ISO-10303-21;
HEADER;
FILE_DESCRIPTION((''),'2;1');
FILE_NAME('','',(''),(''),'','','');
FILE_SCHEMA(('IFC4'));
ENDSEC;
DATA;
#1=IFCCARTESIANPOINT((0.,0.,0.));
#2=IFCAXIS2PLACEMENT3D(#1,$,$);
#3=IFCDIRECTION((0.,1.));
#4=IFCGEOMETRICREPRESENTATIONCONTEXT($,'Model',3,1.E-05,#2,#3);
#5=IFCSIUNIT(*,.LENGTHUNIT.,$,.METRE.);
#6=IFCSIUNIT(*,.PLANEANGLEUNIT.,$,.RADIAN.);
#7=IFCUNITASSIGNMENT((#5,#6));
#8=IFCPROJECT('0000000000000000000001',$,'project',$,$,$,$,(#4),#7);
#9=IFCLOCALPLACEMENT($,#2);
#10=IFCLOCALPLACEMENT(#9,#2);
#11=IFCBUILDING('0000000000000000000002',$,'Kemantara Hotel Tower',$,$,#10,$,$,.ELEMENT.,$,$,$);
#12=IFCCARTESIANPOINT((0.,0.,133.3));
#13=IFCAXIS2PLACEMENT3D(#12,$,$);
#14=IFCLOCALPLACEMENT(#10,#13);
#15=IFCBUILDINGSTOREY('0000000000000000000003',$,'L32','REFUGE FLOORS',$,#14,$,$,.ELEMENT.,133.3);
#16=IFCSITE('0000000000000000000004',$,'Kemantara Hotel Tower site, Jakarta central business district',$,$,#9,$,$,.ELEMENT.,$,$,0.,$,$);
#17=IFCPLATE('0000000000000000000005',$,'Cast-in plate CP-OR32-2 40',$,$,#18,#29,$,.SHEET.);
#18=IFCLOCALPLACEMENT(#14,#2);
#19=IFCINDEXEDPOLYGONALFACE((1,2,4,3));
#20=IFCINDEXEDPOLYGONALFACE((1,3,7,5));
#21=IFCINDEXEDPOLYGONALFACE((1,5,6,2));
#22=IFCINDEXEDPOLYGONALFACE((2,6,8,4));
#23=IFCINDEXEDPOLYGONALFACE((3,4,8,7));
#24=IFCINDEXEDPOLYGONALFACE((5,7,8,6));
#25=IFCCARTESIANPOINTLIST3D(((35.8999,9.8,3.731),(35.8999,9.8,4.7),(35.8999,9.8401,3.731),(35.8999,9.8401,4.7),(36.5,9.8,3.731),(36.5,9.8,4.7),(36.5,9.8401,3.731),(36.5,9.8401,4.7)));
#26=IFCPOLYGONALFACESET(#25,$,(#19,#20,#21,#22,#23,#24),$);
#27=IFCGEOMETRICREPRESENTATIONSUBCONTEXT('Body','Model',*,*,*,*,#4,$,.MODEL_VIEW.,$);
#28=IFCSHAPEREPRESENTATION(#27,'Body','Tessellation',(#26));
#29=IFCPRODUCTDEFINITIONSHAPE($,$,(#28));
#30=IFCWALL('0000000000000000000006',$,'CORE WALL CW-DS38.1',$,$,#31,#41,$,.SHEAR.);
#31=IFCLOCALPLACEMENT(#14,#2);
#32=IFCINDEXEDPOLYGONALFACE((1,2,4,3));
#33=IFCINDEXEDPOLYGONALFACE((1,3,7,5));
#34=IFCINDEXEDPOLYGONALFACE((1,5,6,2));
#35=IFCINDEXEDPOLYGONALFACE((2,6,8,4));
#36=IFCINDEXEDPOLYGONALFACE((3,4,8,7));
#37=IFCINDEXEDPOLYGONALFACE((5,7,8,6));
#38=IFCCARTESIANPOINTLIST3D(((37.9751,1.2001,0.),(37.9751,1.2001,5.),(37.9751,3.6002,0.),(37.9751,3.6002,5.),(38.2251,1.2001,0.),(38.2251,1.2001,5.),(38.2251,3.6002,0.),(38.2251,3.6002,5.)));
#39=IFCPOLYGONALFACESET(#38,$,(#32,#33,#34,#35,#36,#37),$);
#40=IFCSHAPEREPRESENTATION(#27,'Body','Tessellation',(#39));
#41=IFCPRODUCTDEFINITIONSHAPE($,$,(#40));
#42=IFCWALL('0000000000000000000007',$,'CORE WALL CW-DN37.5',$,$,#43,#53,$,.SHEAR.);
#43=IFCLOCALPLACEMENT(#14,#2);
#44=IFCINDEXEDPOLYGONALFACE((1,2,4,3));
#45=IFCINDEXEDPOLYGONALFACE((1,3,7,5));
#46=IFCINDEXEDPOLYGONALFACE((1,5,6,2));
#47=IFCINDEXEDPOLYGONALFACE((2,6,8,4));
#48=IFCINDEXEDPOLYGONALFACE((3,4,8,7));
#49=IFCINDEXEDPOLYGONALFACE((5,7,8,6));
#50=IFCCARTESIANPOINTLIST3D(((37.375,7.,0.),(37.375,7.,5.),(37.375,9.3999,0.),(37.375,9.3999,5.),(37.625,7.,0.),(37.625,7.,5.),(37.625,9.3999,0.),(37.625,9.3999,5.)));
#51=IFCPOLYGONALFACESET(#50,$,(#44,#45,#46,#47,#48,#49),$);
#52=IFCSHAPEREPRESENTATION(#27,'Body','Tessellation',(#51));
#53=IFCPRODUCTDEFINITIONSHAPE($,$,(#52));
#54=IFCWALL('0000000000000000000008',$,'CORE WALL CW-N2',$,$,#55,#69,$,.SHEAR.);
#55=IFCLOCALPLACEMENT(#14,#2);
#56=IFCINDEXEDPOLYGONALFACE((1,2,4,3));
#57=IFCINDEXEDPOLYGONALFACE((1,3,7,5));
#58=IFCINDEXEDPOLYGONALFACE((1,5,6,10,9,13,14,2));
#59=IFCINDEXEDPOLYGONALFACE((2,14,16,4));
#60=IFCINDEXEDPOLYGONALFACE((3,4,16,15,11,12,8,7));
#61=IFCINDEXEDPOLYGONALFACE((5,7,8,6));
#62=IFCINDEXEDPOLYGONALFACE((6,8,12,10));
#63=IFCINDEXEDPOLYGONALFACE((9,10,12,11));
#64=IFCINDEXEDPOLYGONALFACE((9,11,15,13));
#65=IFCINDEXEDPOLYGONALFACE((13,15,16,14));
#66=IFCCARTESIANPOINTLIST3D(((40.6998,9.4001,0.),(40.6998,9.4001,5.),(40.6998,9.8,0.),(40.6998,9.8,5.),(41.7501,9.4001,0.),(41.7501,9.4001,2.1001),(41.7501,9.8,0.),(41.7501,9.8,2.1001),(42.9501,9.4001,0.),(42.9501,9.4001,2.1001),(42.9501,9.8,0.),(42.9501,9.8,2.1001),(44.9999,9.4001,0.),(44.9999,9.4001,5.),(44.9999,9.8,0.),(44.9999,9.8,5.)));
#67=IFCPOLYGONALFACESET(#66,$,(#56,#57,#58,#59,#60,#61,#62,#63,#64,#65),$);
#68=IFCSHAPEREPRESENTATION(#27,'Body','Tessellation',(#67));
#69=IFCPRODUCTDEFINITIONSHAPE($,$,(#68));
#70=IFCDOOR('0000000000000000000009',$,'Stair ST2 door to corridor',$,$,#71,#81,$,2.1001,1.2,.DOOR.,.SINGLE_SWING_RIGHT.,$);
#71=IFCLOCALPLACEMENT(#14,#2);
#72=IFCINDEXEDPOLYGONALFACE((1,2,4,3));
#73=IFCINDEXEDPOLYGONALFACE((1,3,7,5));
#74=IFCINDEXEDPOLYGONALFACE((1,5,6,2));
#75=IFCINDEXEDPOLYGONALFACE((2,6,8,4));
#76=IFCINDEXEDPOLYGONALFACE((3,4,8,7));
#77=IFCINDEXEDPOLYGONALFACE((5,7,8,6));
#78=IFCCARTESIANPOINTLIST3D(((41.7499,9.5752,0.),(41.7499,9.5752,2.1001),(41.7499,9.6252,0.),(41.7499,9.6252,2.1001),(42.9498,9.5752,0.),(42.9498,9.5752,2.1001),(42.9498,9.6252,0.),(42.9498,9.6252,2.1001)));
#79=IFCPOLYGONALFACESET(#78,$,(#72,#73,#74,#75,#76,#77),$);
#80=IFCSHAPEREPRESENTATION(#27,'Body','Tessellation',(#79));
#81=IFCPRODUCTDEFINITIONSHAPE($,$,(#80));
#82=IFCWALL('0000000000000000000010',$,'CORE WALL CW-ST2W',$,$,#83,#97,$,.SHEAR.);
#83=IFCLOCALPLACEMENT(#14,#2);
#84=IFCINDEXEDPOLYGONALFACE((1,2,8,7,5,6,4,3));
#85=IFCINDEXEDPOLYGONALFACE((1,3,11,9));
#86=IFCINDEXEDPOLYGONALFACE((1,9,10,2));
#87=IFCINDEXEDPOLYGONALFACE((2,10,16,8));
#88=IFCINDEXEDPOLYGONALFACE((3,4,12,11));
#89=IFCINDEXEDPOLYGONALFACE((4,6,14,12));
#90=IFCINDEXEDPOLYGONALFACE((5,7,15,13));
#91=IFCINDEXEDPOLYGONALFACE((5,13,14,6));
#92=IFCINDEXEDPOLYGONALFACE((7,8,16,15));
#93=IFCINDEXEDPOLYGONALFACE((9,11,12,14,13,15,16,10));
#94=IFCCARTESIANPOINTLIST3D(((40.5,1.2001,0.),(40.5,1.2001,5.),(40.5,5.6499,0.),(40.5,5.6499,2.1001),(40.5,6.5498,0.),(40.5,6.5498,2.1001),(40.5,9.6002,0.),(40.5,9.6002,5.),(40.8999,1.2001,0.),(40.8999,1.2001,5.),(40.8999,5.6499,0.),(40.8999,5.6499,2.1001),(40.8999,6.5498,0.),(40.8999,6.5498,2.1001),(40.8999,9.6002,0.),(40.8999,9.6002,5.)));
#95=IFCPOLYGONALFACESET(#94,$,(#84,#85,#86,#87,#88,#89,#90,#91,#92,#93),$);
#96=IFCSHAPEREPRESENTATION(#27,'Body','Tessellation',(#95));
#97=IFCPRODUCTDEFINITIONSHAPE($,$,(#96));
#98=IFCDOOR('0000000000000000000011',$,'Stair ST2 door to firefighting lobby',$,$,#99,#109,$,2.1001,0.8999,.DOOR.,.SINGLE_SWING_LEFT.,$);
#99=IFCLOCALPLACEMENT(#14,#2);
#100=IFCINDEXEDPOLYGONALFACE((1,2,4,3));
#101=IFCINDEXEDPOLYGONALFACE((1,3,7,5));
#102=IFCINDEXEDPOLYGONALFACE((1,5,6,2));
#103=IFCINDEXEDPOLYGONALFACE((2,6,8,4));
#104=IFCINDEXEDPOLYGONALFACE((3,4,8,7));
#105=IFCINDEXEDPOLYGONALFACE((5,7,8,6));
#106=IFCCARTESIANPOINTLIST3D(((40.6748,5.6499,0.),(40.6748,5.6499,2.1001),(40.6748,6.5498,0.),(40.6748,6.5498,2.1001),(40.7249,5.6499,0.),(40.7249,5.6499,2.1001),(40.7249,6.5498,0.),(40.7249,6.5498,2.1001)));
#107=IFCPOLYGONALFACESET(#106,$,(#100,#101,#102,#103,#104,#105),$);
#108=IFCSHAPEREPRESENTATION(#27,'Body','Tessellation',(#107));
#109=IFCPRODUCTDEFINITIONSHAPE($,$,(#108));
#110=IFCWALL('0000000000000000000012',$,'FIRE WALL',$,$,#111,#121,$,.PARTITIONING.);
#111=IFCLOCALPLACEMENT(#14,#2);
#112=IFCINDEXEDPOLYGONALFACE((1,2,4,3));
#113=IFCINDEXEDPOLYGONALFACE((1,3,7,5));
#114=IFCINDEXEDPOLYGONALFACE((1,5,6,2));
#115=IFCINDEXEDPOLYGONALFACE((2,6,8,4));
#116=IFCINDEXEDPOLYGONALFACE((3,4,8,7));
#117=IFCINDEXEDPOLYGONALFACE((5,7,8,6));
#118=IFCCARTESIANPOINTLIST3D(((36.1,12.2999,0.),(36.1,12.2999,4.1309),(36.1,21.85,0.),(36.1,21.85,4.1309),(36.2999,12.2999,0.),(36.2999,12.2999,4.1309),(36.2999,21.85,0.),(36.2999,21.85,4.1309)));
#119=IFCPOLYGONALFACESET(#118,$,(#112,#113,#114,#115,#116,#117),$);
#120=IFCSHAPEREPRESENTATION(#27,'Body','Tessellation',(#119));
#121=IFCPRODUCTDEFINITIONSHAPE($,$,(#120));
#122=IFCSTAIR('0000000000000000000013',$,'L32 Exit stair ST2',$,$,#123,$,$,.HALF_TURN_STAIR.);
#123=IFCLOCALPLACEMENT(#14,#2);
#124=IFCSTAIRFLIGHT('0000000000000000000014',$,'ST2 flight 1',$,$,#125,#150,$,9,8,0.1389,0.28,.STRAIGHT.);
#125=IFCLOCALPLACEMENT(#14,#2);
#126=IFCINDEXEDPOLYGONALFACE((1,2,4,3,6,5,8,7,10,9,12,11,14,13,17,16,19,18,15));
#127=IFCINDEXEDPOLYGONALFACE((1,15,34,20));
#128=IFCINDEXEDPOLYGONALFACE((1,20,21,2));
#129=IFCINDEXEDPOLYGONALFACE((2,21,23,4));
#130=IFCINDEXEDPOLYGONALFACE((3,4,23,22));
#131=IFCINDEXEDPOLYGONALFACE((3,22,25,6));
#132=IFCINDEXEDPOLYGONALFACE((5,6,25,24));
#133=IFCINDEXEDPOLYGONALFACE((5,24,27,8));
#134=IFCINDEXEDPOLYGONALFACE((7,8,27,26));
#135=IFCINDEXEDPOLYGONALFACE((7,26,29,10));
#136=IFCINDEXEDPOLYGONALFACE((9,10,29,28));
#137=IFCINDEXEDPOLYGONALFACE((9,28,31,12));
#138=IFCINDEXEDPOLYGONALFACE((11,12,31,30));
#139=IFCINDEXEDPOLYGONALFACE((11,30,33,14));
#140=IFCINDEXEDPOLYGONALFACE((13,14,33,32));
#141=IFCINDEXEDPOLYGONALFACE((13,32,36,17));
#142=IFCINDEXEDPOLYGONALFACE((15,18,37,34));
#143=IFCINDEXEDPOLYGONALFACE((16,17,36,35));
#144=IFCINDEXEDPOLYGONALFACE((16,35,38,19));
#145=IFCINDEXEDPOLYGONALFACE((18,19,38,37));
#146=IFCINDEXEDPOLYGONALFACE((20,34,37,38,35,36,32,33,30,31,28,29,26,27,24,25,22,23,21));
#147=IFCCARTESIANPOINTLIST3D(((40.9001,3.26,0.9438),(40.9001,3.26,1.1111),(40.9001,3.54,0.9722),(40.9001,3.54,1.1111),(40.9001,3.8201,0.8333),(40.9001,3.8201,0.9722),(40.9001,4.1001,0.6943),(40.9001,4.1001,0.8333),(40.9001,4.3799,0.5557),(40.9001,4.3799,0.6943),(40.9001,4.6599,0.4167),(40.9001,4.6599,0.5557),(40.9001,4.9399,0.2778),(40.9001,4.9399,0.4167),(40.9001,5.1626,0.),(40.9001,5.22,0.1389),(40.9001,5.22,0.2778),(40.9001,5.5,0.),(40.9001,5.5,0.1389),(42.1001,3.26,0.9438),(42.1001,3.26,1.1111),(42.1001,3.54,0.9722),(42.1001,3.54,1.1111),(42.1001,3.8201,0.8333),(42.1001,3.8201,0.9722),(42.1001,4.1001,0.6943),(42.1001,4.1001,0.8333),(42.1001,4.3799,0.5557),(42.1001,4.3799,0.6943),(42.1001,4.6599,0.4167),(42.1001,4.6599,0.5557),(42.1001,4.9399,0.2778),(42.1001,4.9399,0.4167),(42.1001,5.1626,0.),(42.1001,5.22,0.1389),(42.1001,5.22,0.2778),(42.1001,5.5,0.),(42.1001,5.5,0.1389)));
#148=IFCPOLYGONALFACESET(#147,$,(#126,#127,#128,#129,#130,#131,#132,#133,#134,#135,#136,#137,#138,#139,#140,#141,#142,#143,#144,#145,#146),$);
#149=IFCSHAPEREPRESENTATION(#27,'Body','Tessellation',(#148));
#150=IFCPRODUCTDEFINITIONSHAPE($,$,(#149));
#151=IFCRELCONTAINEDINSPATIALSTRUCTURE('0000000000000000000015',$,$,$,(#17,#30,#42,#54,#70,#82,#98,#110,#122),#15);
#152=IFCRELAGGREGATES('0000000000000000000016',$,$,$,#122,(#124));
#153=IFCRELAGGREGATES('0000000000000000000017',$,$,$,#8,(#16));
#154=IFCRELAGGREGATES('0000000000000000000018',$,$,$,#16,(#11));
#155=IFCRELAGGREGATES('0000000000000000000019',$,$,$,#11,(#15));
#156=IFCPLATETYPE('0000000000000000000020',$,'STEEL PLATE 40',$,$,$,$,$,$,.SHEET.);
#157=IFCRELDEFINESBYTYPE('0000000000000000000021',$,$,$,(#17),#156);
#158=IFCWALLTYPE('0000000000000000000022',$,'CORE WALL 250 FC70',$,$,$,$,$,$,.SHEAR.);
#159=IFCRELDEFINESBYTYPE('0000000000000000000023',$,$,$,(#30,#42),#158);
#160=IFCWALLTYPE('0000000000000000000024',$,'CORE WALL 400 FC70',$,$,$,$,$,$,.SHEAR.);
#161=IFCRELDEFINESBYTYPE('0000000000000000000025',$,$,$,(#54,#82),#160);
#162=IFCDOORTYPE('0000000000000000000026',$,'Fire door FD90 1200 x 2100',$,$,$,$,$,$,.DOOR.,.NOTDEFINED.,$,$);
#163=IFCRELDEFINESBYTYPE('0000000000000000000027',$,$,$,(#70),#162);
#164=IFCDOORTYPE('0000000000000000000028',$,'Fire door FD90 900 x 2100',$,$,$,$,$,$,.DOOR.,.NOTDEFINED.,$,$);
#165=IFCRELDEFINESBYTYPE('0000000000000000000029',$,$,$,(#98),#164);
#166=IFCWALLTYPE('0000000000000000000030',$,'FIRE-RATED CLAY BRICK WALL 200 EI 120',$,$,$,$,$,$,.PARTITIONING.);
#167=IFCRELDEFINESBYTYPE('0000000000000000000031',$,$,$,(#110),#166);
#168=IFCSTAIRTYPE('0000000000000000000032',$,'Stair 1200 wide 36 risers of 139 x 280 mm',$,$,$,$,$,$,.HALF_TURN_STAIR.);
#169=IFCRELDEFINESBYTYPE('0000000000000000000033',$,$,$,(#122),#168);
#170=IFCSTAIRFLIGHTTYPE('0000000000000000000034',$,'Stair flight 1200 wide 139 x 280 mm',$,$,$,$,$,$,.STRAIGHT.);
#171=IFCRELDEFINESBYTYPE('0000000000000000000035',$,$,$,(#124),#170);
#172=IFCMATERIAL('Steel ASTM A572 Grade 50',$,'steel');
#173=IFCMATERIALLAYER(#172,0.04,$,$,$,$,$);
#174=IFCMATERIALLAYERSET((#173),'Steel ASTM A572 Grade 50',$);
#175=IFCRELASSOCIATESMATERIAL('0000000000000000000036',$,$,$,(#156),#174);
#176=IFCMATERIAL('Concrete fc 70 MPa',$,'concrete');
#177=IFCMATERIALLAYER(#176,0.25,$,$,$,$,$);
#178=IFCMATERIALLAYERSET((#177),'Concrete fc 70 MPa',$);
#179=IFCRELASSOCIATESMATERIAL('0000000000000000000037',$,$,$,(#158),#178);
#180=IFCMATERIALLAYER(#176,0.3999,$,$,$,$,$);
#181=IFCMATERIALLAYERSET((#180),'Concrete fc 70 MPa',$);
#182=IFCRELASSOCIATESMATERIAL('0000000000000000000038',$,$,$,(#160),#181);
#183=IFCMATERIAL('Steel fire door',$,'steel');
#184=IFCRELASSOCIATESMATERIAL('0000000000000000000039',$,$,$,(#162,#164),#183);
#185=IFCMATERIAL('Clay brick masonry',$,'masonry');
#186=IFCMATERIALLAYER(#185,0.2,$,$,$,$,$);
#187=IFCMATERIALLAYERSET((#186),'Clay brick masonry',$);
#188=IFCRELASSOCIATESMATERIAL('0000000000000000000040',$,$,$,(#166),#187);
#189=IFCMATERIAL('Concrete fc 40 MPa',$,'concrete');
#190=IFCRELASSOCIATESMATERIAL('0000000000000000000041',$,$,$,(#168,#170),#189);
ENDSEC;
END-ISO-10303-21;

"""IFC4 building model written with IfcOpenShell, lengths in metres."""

from ifc_helpers import new_model, si_unit, direction, frame, frame_2d, origin, origin_2d, place, context, subcontext, project, spatial, polyline, rectangle, outline, extrude, source, transform, mapped, material, layer, layer_set, type_object, element, fill, aggregate, save


model = new_model("IFC4")

# Units and contexts
model_context = context("Model", 3, precision=1e-05, world=origin(), true_north=direction((0.0, 1.0)))
body_context = subcontext(model_context, "Body", "Model", "MODEL_VIEW")
ifc_project = project(units=[si_unit("LENGTHUNIT", "METRE"), si_unit("PLANEANGLEUNIT", "RADIAN")], contexts=[model_context])

# Site, building, storey
site_placement = place(None, origin())
site = spatial("IfcSite", under=ifc_project, at=site_placement, Name="Kemantara Hotel Tower site, Jakarta central business district", CompositionType="ELEMENT", RefElevation=0.0)
building_placement = place(site_placement, origin())
building = spatial("IfcBuilding", under=site, at=building_placement, Name="Kemantara Hotel Tower", CompositionType="ELEMENT")
storey_placement = place(building_placement, frame((0.0, 0.0, 133.3)))
storey = spatial("IfcBuildingStorey", under=building, at=storey_placement, Name="L32", Description="REFUGE FLOORS", CompositionType="ELEMENT", Elevation=133.3)

# Shared definitions
ifc_material_1 = material(Name="Concrete fc 70 MPa", Category="concrete")

# Plate
ifc_material_2 = material(Name="Steel ASTM A572 Grade 50", Category="steel")
ifc_layer_1 = layer(ifc_material_2, 0.04)
ifc_layer_set_1 = layer_set([ifc_layer_1], Name="Steel ASTM A572 Grade 50")
plate_type = type_object("IfcPlateType", Name="STEEL PLATE 40", PredefinedType="SHEET", material=ifc_layer_set_1)
shared_shape_1 = source(origin(), body_context, "Body", "SweptSolid", [
    extrude(rectangle(XDim=0.6001, YDim=0.04, at=origin_2d()), origin(), (0.0, 0.0, 1.0), 0.969),
])
plate_placement = place(storey_placement, frame((36.2, 9.8201, 3.731), z_axis=(0.0, 0.0, 1.0), x_axis=(1.0, 0.0, 0.0)))
element("IfcPlate", 1, at=plate_placement, inside=storey, type_object=plate_type, Name="Cast-in plate CP-OR32-2 40", PredefinedType="SHEET", context=body_context, shape_type="MappedRepresentation", body=[
    mapped(shared_shape_1, transform((0.0, 0.0, 0.0))),
])

# Walls
ifc_layer_2 = layer(ifc_material_1, 0.25)
ifc_layer_set_2 = layer_set([ifc_layer_2], Name="Concrete fc 70 MPa")
wall_type_1 = type_object("IfcWallType", Name="CORE WALL 250 FC70", PredefinedType="SHEAR", material=ifc_layer_set_2)
wall_1_placement = place(storey_placement, frame((38.1001, 1.2, 0.0), z_axis=(0.0, 0.0, 1.0), x_axis=(0.0, 1.0, 0.0)))
element("IfcWall", 2, at=wall_1_placement, inside=storey, type_object=wall_type_1, Name="CORE WALL CW-DS38.1", PredefinedType="SHEAR", context=body_context, shape_type="SweptSolid", body=[
    extrude(rectangle(XDim=2.4001, YDim=0.25, at=frame_2d((1.2002, 0.0))), origin(), (0.0, 0.0, 1.0), 5.0),
])
wall_2_placement = place(storey_placement, frame((37.5, 7.0, 0.0), z_axis=(0.0, 0.0, 1.0), x_axis=(0.0, 1.0, 0.0)))
element("IfcWall", 3, at=wall_2_placement, inside=storey, type_object=wall_type_1, Name="CORE WALL CW-DN37.5", PredefinedType="SHEAR", context=body_context, shape_type="SweptSolid", body=[
    extrude(rectangle(XDim=2.3999, YDim=0.25, at=frame_2d((1.2, 0.0))), origin(), (0.0, 0.0, 1.0), 5.0),
])

# Walls, openings, doors
ifc_layer_3 = layer(ifc_material_1, 0.3999)
ifc_layer_set_3 = layer_set([ifc_layer_3], Name="Concrete fc 70 MPa")
wall_type_2 = type_object("IfcWallType", Name="CORE WALL 400 FC70", PredefinedType="SHEAR", material=ifc_layer_set_3)
wall_3_placement = place(storey_placement, frame((40.7, 9.6001, 0.0), z_axis=(0.0, 0.0, 1.0), x_axis=(1.0, 0.0, 0.0)))
wall_3 = element("IfcWall", 4, at=wall_3_placement, inside=storey, type_object=wall_type_2, Name="CORE WALL CW-N2", PredefinedType="SHEAR", context=body_context, shape_type="SweptSolid", body=[
    extrude(rectangle(XDim=4.3, YDim=0.3999, at=frame_2d((2.1499, 0.0))), origin(), (0.0, 0.0, 1.0), 5.0),
])
opening_1_placement = place(wall_3_placement, frame((1.05, 0.0, 0.0)))
opening_1 = element("IfcOpeningElement", 5, at=opening_1_placement, cuts=wall_3, PredefinedType="OPENING", context=body_context, shape_type="SweptSolid", body=[
    extrude(rectangle(XDim=1.2, YDim=2.1001, at=frame_2d((0.6001, 1.05))), frame((0.0, 0.21, 0.0), z_axis=(0.0, -1.0, 0.0), x_axis=(1.0, 0.0, 0.0)), (0.0, 0.0, 1.0), 0.4199),
])
ifc_material_3 = material(Name="Steel fire door", Category="steel")
door_type_1 = type_object("IfcDoorType", Name="Fire door FD90 1200 x 2100", OperationType="NOTDEFINED", PredefinedType="DOOR", material=ifc_material_3)
door_1_placement = place(opening_1_placement, frame((1.2, 0.0, 0.0), z_axis=(0.0, 0.0, 1.0), x_axis=(-1.0, 0.0, 0.0)))
door_1 = element("IfcDoor", 6, at=door_1_placement, inside=storey, type_object=door_type_1, Name="Stair ST2 door to corridor", OperationType="SINGLE_SWING_RIGHT", OverallHeight=2.1001, OverallWidth=1.2, PredefinedType="DOOR", context=body_context, shape_type="SweptSolid", body=[
    extrude(rectangle(XDim=1.2, YDim=2.1001, at=frame_2d((0.6001, 1.05))), frame((0.0, 0.0249, 0.0), z_axis=(0.0, -1.0, 0.0), x_axis=(1.0, 0.0, 0.0)), (0.0, 0.0, 1.0), 0.05),
])
fill(opening_1, door_1)
wall_4_placement = place(storey_placement, frame((40.7, 1.2, 0.0), z_axis=(0.0, 0.0, 1.0), x_axis=(0.0, 1.0, 0.0)))
wall_4 = element("IfcWall", 7, at=wall_4_placement, inside=storey, type_object=wall_type_2, Name="CORE WALL CW-ST2W", PredefinedType="SHEAR", context=body_context, shape_type="SweptSolid", body=[
    extrude(rectangle(XDim=8.4001, YDim=0.3999, at=frame_2d((4.2002, 0.0))), origin(), (0.0, 0.0, 1.0), 5.0),
])
opening_2_placement = place(wall_4_placement, frame((4.45, 0.0, 0.0)))
opening_2 = element("IfcOpeningElement", 8, at=opening_2_placement, cuts=wall_4, PredefinedType="OPENING", context=body_context, shape_type="SweptSolid", body=[
    extrude(rectangle(XDim=0.8999, YDim=2.1001, at=frame_2d((0.45, 1.05))), frame((0.0, 0.21, 0.0), z_axis=(0.0, -1.0, 0.0), x_axis=(1.0, 0.0, 0.0)), (0.0, 0.0, 1.0), 0.4199),
])
door_type_2 = type_object("IfcDoorType", Name="Fire door FD90 900 x 2100", OperationType="NOTDEFINED", PredefinedType="DOOR", material=ifc_material_3)
door_2_placement = place(opening_2_placement, frame((0.8999, 0.0, 0.0), z_axis=(0.0, 0.0, 1.0), x_axis=(-1.0, 0.0, 0.0)))
door_2 = element("IfcDoor", 9, at=door_2_placement, inside=storey, type_object=door_type_2, Name="Stair ST2 door to firefighting lobby", OperationType="SINGLE_SWING_LEFT", OverallHeight=2.1001, OverallWidth=0.8999, PredefinedType="DOOR", context=body_context, shape_type="SweptSolid", body=[
    extrude(rectangle(XDim=0.8999, YDim=2.1001, at=frame_2d((0.45, 1.05))), frame((0.0, 0.0249, 0.0), z_axis=(0.0, -1.0, 0.0), x_axis=(1.0, 0.0, 0.0)), (0.0, 0.0, 1.0), 0.05),
])
fill(opening_2, door_2)

# Wall
ifc_material_4 = material(Name="Clay brick masonry", Category="masonry")
ifc_layer_4 = layer(ifc_material_4, 0.2)
ifc_layer_set_4 = layer_set([ifc_layer_4], Name="Clay brick masonry")
wall_type_3 = type_object("IfcWallType", Name="FIRE-RATED CLAY BRICK WALL 200 EI 120", PredefinedType="PARTITIONING", material=ifc_layer_set_4)
wall_5_placement = place(storey_placement, frame((36.2, 12.3, 0.0), z_axis=(0.0, 0.0, 1.0), x_axis=(0.0, 1.0, 0.0)))
element("IfcWall", 10, at=wall_5_placement, inside=storey, type_object=wall_type_3, Name="FIRE WALL", PredefinedType="PARTITIONING", context=body_context, shape_type="SweptSolid", body=[
    extrude(rectangle(XDim=9.55, YDim=0.2, at=frame_2d((4.7749, 0.0))), origin(), (0.0, 0.0, 1.0), 4.1309),
])

# Stair, stair flight
ifc_material_5 = material(Name="Concrete fc 40 MPa", Category="concrete")
stair_type = type_object("IfcStairType", Name="Stair 1200 wide 36 risers of 139 x 280 mm", PredefinedType="HALF_TURN_STAIR", material=ifc_material_5)
stair_placement = place(storey_placement, origin())
stair = element("IfcStair", 11, at=stair_placement, inside=storey, type_object=stair_type, Name="L32 Exit stair ST2", PredefinedType="HALF_TURN_STAIR")
stair_flight_type = type_object("IfcStairFlightType", Name="Stair flight 1200 wide 139 x 280 mm", PredefinedType="STRAIGHT", material=ifc_material_5)
stair_flight_1_placement = place(storey_placement, frame((41.5, 5.5, 0.0), z_axis=(0.0, 0.0, 1.0), x_axis=(0.0, -1.0, 0.0)))
stair_flight_1 = element("IfcStairFlight", 12, at=stair_flight_1_placement, type_object=stair_flight_type, Name="ST2 flight 1", NumberOfRisers=9, NumberOfTreads=8, PredefinedType="STRAIGHT", RiserHeight=0.1389, TreadLength=0.28, context=body_context, shape_type="SweptSolid", body=[
    extrude(outline(polyline([(0.0, 0.0), (0.0, 0.1389), (0.28, 0.1389), (0.28, 0.2778), (0.5601, 0.2778), (0.5601, 0.4167), (0.8401, 0.4167), (0.8401, 0.5557), (1.1201, 0.5557), (1.1201, 0.6943), (1.3999, 0.6943), (1.3999, 0.8333), (1.6799, 0.8333), (1.6799, 0.9722), (1.96, 0.9722), (1.96, 1.1111), (2.24, 1.1111), (2.24, 1.25), (2.24, 0.9438), (0.3374, 0.0), (0.0, 0.0)])), frame((0.0, 0.6001, 0.0), z_axis=(0.0, -1.0, 0.0), x_axis=(1.0, 0.0, 0.0)), (0.0, 0.0, 1.0), 1.2),
])
aggregate(stair, [stair_flight_1])

save(model, "model.ifc")
